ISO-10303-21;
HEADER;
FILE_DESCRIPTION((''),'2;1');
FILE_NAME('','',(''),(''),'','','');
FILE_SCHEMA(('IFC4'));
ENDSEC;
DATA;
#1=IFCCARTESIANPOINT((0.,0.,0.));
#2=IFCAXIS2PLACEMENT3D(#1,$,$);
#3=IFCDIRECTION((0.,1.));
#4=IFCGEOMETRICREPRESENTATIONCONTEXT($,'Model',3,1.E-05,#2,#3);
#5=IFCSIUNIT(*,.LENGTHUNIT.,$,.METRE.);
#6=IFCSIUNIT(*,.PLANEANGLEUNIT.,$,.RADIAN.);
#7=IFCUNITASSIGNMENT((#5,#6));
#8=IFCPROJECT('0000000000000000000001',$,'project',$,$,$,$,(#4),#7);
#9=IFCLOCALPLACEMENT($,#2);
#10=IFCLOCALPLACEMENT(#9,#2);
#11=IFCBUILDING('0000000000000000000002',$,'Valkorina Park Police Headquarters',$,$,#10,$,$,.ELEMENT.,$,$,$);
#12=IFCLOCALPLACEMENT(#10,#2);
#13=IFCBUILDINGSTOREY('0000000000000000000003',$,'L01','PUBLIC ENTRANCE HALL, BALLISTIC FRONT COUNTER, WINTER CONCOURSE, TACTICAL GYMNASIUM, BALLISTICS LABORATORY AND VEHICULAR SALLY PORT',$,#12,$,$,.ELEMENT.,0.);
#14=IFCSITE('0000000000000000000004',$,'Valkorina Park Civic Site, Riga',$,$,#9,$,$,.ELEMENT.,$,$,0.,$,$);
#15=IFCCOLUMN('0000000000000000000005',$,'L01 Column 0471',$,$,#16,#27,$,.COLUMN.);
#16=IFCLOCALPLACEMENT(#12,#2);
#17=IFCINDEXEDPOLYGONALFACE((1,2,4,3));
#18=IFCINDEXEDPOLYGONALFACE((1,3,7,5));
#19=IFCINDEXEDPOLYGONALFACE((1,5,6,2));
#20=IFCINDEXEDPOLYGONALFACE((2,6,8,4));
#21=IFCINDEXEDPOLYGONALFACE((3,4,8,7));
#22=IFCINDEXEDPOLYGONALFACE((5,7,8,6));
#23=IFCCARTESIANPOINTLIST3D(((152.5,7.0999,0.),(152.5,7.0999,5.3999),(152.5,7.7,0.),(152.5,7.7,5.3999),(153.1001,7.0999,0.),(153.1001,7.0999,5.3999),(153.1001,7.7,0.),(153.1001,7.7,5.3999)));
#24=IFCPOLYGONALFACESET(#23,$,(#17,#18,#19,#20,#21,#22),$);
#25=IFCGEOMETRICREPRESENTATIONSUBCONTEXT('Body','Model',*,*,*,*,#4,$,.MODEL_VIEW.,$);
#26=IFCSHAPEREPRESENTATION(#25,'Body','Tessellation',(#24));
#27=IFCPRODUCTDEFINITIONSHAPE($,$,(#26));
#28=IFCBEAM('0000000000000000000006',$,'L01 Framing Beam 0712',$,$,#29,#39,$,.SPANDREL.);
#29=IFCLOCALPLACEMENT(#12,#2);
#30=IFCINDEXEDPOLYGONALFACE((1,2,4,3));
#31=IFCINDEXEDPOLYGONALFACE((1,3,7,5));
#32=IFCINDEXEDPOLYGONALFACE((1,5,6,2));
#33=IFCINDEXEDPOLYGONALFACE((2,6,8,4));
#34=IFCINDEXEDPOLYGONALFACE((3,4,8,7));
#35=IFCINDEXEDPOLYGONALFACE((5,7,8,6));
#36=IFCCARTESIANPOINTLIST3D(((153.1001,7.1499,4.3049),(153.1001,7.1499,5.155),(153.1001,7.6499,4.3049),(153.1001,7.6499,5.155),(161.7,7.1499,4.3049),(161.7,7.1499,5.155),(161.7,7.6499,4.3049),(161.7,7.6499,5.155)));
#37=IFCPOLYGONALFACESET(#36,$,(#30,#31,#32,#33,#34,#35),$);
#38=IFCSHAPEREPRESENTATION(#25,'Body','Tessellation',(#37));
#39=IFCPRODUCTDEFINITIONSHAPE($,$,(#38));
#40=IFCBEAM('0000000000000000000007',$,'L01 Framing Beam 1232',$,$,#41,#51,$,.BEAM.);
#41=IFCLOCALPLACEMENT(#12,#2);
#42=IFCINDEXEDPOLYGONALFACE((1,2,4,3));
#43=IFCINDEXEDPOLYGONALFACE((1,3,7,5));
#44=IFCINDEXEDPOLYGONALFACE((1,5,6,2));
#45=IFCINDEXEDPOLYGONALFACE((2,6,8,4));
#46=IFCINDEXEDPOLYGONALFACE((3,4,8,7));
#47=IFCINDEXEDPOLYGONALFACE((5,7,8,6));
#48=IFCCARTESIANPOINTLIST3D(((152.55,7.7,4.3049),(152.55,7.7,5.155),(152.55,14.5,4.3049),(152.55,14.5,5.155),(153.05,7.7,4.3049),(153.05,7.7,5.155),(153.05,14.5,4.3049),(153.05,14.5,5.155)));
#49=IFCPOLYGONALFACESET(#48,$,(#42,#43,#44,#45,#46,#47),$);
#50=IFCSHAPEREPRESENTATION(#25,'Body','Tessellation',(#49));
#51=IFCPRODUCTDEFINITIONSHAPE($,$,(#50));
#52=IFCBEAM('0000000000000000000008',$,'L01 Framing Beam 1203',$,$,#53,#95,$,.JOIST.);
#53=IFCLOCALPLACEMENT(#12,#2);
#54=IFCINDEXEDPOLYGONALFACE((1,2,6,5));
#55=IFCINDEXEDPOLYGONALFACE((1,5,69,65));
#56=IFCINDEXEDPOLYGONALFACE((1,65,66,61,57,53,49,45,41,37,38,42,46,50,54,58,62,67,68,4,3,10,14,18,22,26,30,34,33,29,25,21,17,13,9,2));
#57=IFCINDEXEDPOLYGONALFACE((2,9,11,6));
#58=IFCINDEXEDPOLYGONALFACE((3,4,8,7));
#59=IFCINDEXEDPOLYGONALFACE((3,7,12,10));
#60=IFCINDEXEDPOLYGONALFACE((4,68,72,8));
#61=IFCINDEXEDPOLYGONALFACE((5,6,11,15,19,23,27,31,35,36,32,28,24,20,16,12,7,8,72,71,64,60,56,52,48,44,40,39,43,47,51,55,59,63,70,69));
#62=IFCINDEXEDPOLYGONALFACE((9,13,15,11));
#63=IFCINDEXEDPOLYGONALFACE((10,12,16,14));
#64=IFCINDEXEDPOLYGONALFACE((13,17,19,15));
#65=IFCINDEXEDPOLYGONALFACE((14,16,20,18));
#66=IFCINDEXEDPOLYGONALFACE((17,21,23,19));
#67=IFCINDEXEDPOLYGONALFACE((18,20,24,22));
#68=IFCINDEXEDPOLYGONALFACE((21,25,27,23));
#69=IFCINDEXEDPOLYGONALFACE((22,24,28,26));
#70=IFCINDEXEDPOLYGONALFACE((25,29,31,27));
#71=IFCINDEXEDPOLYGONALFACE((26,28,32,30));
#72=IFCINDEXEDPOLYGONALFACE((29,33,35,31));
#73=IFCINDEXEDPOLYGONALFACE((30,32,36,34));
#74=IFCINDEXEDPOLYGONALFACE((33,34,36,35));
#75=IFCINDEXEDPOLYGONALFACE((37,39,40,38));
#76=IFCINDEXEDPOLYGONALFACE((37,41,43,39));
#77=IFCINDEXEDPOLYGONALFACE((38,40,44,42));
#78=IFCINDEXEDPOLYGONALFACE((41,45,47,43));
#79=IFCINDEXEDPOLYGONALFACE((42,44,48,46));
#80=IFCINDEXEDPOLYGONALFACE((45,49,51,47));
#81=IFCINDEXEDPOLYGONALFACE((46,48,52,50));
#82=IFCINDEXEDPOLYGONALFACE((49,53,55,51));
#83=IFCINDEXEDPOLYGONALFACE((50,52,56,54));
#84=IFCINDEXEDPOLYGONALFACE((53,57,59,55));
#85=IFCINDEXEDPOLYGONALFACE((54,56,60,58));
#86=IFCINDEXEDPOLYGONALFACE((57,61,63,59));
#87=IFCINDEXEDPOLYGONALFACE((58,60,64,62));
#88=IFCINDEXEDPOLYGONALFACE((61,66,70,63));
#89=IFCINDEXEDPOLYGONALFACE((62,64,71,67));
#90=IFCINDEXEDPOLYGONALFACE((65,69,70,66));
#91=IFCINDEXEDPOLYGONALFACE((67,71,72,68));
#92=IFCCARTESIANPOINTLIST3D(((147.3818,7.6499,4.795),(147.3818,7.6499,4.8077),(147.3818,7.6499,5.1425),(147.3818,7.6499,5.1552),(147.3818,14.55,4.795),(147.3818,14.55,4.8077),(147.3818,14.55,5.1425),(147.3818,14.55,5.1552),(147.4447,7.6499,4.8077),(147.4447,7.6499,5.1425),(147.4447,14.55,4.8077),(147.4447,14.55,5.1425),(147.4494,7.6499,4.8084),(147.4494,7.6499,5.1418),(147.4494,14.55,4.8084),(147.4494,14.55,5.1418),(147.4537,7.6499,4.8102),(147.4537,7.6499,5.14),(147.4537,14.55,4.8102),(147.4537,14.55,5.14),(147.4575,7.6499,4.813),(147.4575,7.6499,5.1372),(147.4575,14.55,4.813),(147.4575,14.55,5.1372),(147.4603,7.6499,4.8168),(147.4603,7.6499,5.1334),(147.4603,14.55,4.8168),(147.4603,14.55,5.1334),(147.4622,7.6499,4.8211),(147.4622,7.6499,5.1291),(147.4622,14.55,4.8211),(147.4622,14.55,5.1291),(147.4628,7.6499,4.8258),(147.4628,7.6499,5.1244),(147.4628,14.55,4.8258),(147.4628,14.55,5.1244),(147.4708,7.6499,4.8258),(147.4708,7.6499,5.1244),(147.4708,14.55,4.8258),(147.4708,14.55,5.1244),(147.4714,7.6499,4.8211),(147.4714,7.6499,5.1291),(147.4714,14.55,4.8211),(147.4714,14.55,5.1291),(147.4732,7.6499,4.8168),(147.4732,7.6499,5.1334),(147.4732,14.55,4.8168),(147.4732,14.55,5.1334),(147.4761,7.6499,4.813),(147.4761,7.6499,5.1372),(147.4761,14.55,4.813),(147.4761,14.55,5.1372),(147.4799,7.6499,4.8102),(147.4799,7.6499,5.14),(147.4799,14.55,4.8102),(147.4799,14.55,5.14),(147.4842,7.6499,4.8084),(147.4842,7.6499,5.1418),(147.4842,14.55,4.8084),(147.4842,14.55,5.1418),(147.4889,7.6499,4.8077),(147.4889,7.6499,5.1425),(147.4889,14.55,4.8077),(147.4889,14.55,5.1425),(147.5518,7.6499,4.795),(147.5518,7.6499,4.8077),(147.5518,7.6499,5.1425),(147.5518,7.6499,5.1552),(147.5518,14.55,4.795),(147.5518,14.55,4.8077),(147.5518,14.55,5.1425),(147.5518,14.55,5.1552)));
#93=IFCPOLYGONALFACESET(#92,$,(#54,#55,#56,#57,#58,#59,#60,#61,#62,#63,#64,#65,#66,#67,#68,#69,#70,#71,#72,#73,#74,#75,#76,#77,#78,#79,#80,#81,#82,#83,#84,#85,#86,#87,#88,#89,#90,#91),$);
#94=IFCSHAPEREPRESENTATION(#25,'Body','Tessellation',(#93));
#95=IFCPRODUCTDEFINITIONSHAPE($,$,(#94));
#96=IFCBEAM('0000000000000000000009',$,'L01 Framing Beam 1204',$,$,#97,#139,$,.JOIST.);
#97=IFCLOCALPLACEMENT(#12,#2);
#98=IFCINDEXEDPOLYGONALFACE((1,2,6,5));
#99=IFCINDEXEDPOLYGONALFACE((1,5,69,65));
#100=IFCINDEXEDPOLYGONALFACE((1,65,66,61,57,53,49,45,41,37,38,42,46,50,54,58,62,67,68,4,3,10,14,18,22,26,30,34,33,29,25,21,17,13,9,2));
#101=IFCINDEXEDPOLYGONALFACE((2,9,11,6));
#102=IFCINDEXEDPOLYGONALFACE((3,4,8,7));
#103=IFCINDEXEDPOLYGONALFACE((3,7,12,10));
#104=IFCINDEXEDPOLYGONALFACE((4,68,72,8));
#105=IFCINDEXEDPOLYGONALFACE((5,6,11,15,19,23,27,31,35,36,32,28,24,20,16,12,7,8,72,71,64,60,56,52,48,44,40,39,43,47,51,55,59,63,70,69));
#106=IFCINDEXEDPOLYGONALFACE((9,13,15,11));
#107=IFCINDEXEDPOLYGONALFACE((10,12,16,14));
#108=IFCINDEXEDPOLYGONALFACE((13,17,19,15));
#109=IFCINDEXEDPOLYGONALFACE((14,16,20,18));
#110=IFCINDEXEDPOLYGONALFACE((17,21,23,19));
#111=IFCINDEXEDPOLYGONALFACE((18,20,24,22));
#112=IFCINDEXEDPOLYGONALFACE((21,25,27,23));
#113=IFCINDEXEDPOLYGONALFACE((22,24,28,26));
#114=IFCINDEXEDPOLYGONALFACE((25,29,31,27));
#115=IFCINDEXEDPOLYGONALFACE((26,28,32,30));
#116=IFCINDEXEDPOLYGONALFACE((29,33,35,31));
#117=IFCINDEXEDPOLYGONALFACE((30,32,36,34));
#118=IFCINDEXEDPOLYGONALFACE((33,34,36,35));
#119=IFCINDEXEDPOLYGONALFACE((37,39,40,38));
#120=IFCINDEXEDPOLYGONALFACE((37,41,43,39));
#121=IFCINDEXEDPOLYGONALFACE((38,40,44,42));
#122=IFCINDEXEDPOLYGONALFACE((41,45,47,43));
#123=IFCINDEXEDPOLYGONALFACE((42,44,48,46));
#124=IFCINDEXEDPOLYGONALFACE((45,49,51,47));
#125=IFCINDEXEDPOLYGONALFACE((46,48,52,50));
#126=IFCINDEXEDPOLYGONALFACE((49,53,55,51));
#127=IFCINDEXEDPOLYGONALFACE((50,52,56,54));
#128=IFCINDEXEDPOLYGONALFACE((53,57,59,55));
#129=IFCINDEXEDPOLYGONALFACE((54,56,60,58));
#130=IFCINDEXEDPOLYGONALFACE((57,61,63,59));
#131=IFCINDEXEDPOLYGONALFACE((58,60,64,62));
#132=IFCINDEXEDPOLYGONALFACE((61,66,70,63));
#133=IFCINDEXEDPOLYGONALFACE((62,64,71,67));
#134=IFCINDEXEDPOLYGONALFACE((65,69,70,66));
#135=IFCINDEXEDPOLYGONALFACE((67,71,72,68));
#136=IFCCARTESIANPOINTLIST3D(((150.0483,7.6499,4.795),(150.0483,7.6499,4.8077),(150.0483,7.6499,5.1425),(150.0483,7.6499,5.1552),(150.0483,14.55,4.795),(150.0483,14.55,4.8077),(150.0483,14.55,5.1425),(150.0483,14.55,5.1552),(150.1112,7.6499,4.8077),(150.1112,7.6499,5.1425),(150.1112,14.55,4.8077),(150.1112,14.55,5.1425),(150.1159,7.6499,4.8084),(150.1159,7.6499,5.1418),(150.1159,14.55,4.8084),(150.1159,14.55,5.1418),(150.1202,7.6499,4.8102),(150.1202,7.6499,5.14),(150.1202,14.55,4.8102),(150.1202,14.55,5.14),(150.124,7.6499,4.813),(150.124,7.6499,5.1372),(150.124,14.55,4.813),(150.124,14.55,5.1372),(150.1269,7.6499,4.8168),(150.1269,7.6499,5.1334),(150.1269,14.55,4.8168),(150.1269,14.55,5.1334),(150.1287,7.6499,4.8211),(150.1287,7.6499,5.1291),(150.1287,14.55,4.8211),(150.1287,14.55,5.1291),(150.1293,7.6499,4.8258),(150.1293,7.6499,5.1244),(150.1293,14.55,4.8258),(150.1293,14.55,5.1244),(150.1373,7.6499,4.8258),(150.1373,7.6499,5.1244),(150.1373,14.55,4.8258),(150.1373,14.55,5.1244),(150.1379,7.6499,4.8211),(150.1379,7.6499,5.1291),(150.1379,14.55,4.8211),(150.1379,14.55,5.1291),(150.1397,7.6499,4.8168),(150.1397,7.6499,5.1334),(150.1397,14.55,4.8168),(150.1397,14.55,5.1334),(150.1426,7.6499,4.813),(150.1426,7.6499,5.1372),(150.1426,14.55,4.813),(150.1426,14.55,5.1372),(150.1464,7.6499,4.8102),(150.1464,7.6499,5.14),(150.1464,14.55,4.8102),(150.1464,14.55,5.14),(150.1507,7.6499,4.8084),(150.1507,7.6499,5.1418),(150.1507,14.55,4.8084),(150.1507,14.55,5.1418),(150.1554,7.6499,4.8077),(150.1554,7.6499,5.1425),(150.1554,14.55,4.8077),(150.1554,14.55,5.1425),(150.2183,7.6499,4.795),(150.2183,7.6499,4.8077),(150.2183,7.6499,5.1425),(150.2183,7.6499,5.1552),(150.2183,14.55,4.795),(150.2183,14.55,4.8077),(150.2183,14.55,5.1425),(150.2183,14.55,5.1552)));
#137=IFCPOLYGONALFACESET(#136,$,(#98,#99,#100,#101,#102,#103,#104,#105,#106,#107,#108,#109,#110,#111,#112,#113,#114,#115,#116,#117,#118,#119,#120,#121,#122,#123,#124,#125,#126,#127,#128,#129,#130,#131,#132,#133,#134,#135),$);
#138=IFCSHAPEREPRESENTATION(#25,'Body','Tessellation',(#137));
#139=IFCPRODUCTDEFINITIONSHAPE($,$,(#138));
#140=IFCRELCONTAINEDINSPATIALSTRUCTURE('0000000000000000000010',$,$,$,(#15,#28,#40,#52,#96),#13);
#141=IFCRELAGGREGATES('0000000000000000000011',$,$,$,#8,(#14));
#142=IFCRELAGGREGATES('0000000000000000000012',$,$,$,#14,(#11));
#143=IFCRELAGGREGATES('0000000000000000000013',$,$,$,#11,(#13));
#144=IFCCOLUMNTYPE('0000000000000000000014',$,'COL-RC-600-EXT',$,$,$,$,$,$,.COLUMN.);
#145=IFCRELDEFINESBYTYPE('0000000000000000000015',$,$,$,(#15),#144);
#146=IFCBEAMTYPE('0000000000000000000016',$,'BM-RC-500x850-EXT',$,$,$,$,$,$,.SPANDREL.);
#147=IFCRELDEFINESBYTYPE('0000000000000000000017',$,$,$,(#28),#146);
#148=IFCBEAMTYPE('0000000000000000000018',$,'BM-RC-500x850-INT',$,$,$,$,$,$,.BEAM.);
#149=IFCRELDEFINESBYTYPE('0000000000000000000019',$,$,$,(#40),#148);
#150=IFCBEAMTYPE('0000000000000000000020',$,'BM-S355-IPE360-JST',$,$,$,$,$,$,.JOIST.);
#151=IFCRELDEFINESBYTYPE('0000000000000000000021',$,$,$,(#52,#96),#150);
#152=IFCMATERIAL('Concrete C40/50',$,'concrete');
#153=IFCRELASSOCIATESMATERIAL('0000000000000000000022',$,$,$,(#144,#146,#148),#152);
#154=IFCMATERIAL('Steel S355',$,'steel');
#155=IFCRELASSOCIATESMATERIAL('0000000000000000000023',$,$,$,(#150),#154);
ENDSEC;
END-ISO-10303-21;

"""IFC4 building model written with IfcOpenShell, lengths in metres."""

from ifc_helpers import new_model, si_unit, direction, frame, origin, origin_2d, place, context, subcontext, project, spatial, rectangle, i_section, extrude, material, material_profile, profile_set, type_object, element, save


model = new_model("IFC4")

# Units and contexts
model_context = context("Model", 3, precision=1e-05, world=origin(), true_north=direction((0.0, 1.0)))
body_context = subcontext(model_context, "Body", "Model", "MODEL_VIEW")
ifc_project = project(units=[si_unit("LENGTHUNIT", "METRE"), si_unit("PLANEANGLEUNIT", "RADIAN")], contexts=[model_context])

# Site, building, storey
site_placement = place(None, origin())
site = spatial("IfcSite", under=ifc_project, at=site_placement, Name="Valkorina Park Civic Site, Riga", CompositionType="ELEMENT", RefElevation=0.0)
building_placement = place(site_placement, origin())
building = spatial("IfcBuilding", under=site, at=building_placement, Name="Valkorina Park Police Headquarters", CompositionType="ELEMENT")
storey_placement = place(building_placement, origin())
storey = spatial("IfcBuildingStorey", under=building, at=storey_placement, Name="L01", Description="PUBLIC ENTRANCE HALL, BALLISTIC FRONT COUNTER, WINTER CONCOURSE, TACTICAL GYMNASIUM, BALLISTICS LABORATORY AND VEHICULAR SALLY PORT", CompositionType="ELEMENT", Elevation=0.0)

# Column
ifc_material_1 = material(Name="Concrete C40/50", Category="concrete")
ifc_material_profile_1 = material_profile(ifc_material_1, rectangle(XDim=0.6001, YDim=0.6001, at=origin_2d()), Name="RC COL 600x600")
ifc_profile_set_1 = profile_set([ifc_material_profile_1], Name="Concrete C40/50")
column_type = type_object("IfcColumnType", Name="COL-RC-600-EXT", PredefinedType="COLUMN", material=ifc_profile_set_1)
column_placement = place(storey_placement, frame((152.8, 7.3999, 0.0), z_axis=(0.0, 0.0, 1.0), x_axis=(1.0, 0.0, 0.0)))
element("IfcColumn", 1, at=column_placement, inside=storey, type_object=column_type, Name="L01 Column 0471", PredefinedType="COLUMN", context=body_context, shape_type="SweptSolid", body=[
    extrude(rectangle(XDim=0.6001, YDim=0.6001, at=origin_2d()), origin(), (0.0, 0.0, 1.0), 5.3999),
])

# Beams
ifc_material_profile_2 = material_profile(ifc_material_1, rectangle(XDim=0.5, YDim=0.8501, at=origin_2d()), Name="RC BEAM 500x850")
ifc_profile_set_2 = profile_set([ifc_material_profile_2], Name="Concrete C40/50")
beam_type_1 = type_object("IfcBeamType", Name="BM-RC-500x850-EXT", PredefinedType="SPANDREL", material=ifc_profile_set_2)
beam_1_placement = place(storey_placement, frame((153.1001, 7.3999, 4.73), z_axis=(1.0, 0.0, 0.0), x_axis=(0.0, 1.0, 0.0)))
element("IfcBeam", 2, at=beam_1_placement, inside=storey, type_object=beam_type_1, Name="L01 Framing Beam 0712", PredefinedType="SPANDREL", context=body_context, shape_type="SweptSolid", body=[
    extrude(rectangle(XDim=0.5, YDim=0.8501, at=origin_2d()), origin(), (0.0, 0.0, 1.0), 8.5999),
])
ifc_material_profile_3 = material_profile(ifc_material_1, rectangle(XDim=0.5, YDim=0.8501, at=origin_2d()), Name="RC BEAM 500x850")
ifc_profile_set_3 = profile_set([ifc_material_profile_3], Name="Concrete C40/50")
beam_type_2 = type_object("IfcBeamType", Name="BM-RC-500x850-INT", PredefinedType="BEAM", material=ifc_profile_set_3)
beam_2_placement = place(storey_placement, frame((152.8, 7.7, 4.73), z_axis=(0.0, 1.0, 0.0), x_axis=(-1.0, 0.0, 0.0)))
element("IfcBeam", 3, at=beam_2_placement, inside=storey, type_object=beam_type_2, Name="L01 Framing Beam 1232", PredefinedType="BEAM", context=body_context, shape_type="SweptSolid", body=[
    extrude(rectangle(XDim=0.5, YDim=0.8501, at=origin_2d()), origin(), (0.0, 0.0, 1.0), 6.8),
])
ifc_material_2 = material(Name="Steel S355", Category="steel")
ifc_material_profile_4 = material_profile(ifc_material_2, i_section(OverallWidth=0.1699, OverallDepth=0.3601, WebThickness=0.0081, FlangeThickness=0.0127, FilletRadius=0.0181, at=origin_2d()), Name="IPE 360")
ifc_profile_set_4 = profile_set([ifc_material_profile_4], Name="Steel S355")
beam_type_3 = type_object("IfcBeamType", Name="BM-S355-IPE360-JST", PredefinedType="JOIST", material=ifc_profile_set_4)
for number, where, z_axis, x_axis, name in (
    (4, (147.4668, 7.6499, 4.9751), (0.0, 1.0, 0.0), (-1.0, 0.0, 0.0), "L01 Framing Beam 1203"),
    (5, (150.1333, 7.6499, 4.9751), (0.0, 1.0, 0.0), (-1.0, 0.0, 0.0), "L01 Framing Beam 1204"),
):
    element("IfcBeam", number, at=place(storey_placement, frame(where, z_axis=z_axis, x_axis=x_axis)), inside=storey, type_object=beam_type_3, Name=name, PredefinedType="JOIST", context=body_context, shape_type="SweptSolid", body=[
        extrude(i_section(OverallWidth=0.1699, OverallDepth=0.3601, WebThickness=0.0081, FlangeThickness=0.0127, FilletRadius=0.0181, at=origin_2d()), origin(), (0.0, 0.0, 1.0), 6.9001),
    ])

save(model, "model.ifc")
